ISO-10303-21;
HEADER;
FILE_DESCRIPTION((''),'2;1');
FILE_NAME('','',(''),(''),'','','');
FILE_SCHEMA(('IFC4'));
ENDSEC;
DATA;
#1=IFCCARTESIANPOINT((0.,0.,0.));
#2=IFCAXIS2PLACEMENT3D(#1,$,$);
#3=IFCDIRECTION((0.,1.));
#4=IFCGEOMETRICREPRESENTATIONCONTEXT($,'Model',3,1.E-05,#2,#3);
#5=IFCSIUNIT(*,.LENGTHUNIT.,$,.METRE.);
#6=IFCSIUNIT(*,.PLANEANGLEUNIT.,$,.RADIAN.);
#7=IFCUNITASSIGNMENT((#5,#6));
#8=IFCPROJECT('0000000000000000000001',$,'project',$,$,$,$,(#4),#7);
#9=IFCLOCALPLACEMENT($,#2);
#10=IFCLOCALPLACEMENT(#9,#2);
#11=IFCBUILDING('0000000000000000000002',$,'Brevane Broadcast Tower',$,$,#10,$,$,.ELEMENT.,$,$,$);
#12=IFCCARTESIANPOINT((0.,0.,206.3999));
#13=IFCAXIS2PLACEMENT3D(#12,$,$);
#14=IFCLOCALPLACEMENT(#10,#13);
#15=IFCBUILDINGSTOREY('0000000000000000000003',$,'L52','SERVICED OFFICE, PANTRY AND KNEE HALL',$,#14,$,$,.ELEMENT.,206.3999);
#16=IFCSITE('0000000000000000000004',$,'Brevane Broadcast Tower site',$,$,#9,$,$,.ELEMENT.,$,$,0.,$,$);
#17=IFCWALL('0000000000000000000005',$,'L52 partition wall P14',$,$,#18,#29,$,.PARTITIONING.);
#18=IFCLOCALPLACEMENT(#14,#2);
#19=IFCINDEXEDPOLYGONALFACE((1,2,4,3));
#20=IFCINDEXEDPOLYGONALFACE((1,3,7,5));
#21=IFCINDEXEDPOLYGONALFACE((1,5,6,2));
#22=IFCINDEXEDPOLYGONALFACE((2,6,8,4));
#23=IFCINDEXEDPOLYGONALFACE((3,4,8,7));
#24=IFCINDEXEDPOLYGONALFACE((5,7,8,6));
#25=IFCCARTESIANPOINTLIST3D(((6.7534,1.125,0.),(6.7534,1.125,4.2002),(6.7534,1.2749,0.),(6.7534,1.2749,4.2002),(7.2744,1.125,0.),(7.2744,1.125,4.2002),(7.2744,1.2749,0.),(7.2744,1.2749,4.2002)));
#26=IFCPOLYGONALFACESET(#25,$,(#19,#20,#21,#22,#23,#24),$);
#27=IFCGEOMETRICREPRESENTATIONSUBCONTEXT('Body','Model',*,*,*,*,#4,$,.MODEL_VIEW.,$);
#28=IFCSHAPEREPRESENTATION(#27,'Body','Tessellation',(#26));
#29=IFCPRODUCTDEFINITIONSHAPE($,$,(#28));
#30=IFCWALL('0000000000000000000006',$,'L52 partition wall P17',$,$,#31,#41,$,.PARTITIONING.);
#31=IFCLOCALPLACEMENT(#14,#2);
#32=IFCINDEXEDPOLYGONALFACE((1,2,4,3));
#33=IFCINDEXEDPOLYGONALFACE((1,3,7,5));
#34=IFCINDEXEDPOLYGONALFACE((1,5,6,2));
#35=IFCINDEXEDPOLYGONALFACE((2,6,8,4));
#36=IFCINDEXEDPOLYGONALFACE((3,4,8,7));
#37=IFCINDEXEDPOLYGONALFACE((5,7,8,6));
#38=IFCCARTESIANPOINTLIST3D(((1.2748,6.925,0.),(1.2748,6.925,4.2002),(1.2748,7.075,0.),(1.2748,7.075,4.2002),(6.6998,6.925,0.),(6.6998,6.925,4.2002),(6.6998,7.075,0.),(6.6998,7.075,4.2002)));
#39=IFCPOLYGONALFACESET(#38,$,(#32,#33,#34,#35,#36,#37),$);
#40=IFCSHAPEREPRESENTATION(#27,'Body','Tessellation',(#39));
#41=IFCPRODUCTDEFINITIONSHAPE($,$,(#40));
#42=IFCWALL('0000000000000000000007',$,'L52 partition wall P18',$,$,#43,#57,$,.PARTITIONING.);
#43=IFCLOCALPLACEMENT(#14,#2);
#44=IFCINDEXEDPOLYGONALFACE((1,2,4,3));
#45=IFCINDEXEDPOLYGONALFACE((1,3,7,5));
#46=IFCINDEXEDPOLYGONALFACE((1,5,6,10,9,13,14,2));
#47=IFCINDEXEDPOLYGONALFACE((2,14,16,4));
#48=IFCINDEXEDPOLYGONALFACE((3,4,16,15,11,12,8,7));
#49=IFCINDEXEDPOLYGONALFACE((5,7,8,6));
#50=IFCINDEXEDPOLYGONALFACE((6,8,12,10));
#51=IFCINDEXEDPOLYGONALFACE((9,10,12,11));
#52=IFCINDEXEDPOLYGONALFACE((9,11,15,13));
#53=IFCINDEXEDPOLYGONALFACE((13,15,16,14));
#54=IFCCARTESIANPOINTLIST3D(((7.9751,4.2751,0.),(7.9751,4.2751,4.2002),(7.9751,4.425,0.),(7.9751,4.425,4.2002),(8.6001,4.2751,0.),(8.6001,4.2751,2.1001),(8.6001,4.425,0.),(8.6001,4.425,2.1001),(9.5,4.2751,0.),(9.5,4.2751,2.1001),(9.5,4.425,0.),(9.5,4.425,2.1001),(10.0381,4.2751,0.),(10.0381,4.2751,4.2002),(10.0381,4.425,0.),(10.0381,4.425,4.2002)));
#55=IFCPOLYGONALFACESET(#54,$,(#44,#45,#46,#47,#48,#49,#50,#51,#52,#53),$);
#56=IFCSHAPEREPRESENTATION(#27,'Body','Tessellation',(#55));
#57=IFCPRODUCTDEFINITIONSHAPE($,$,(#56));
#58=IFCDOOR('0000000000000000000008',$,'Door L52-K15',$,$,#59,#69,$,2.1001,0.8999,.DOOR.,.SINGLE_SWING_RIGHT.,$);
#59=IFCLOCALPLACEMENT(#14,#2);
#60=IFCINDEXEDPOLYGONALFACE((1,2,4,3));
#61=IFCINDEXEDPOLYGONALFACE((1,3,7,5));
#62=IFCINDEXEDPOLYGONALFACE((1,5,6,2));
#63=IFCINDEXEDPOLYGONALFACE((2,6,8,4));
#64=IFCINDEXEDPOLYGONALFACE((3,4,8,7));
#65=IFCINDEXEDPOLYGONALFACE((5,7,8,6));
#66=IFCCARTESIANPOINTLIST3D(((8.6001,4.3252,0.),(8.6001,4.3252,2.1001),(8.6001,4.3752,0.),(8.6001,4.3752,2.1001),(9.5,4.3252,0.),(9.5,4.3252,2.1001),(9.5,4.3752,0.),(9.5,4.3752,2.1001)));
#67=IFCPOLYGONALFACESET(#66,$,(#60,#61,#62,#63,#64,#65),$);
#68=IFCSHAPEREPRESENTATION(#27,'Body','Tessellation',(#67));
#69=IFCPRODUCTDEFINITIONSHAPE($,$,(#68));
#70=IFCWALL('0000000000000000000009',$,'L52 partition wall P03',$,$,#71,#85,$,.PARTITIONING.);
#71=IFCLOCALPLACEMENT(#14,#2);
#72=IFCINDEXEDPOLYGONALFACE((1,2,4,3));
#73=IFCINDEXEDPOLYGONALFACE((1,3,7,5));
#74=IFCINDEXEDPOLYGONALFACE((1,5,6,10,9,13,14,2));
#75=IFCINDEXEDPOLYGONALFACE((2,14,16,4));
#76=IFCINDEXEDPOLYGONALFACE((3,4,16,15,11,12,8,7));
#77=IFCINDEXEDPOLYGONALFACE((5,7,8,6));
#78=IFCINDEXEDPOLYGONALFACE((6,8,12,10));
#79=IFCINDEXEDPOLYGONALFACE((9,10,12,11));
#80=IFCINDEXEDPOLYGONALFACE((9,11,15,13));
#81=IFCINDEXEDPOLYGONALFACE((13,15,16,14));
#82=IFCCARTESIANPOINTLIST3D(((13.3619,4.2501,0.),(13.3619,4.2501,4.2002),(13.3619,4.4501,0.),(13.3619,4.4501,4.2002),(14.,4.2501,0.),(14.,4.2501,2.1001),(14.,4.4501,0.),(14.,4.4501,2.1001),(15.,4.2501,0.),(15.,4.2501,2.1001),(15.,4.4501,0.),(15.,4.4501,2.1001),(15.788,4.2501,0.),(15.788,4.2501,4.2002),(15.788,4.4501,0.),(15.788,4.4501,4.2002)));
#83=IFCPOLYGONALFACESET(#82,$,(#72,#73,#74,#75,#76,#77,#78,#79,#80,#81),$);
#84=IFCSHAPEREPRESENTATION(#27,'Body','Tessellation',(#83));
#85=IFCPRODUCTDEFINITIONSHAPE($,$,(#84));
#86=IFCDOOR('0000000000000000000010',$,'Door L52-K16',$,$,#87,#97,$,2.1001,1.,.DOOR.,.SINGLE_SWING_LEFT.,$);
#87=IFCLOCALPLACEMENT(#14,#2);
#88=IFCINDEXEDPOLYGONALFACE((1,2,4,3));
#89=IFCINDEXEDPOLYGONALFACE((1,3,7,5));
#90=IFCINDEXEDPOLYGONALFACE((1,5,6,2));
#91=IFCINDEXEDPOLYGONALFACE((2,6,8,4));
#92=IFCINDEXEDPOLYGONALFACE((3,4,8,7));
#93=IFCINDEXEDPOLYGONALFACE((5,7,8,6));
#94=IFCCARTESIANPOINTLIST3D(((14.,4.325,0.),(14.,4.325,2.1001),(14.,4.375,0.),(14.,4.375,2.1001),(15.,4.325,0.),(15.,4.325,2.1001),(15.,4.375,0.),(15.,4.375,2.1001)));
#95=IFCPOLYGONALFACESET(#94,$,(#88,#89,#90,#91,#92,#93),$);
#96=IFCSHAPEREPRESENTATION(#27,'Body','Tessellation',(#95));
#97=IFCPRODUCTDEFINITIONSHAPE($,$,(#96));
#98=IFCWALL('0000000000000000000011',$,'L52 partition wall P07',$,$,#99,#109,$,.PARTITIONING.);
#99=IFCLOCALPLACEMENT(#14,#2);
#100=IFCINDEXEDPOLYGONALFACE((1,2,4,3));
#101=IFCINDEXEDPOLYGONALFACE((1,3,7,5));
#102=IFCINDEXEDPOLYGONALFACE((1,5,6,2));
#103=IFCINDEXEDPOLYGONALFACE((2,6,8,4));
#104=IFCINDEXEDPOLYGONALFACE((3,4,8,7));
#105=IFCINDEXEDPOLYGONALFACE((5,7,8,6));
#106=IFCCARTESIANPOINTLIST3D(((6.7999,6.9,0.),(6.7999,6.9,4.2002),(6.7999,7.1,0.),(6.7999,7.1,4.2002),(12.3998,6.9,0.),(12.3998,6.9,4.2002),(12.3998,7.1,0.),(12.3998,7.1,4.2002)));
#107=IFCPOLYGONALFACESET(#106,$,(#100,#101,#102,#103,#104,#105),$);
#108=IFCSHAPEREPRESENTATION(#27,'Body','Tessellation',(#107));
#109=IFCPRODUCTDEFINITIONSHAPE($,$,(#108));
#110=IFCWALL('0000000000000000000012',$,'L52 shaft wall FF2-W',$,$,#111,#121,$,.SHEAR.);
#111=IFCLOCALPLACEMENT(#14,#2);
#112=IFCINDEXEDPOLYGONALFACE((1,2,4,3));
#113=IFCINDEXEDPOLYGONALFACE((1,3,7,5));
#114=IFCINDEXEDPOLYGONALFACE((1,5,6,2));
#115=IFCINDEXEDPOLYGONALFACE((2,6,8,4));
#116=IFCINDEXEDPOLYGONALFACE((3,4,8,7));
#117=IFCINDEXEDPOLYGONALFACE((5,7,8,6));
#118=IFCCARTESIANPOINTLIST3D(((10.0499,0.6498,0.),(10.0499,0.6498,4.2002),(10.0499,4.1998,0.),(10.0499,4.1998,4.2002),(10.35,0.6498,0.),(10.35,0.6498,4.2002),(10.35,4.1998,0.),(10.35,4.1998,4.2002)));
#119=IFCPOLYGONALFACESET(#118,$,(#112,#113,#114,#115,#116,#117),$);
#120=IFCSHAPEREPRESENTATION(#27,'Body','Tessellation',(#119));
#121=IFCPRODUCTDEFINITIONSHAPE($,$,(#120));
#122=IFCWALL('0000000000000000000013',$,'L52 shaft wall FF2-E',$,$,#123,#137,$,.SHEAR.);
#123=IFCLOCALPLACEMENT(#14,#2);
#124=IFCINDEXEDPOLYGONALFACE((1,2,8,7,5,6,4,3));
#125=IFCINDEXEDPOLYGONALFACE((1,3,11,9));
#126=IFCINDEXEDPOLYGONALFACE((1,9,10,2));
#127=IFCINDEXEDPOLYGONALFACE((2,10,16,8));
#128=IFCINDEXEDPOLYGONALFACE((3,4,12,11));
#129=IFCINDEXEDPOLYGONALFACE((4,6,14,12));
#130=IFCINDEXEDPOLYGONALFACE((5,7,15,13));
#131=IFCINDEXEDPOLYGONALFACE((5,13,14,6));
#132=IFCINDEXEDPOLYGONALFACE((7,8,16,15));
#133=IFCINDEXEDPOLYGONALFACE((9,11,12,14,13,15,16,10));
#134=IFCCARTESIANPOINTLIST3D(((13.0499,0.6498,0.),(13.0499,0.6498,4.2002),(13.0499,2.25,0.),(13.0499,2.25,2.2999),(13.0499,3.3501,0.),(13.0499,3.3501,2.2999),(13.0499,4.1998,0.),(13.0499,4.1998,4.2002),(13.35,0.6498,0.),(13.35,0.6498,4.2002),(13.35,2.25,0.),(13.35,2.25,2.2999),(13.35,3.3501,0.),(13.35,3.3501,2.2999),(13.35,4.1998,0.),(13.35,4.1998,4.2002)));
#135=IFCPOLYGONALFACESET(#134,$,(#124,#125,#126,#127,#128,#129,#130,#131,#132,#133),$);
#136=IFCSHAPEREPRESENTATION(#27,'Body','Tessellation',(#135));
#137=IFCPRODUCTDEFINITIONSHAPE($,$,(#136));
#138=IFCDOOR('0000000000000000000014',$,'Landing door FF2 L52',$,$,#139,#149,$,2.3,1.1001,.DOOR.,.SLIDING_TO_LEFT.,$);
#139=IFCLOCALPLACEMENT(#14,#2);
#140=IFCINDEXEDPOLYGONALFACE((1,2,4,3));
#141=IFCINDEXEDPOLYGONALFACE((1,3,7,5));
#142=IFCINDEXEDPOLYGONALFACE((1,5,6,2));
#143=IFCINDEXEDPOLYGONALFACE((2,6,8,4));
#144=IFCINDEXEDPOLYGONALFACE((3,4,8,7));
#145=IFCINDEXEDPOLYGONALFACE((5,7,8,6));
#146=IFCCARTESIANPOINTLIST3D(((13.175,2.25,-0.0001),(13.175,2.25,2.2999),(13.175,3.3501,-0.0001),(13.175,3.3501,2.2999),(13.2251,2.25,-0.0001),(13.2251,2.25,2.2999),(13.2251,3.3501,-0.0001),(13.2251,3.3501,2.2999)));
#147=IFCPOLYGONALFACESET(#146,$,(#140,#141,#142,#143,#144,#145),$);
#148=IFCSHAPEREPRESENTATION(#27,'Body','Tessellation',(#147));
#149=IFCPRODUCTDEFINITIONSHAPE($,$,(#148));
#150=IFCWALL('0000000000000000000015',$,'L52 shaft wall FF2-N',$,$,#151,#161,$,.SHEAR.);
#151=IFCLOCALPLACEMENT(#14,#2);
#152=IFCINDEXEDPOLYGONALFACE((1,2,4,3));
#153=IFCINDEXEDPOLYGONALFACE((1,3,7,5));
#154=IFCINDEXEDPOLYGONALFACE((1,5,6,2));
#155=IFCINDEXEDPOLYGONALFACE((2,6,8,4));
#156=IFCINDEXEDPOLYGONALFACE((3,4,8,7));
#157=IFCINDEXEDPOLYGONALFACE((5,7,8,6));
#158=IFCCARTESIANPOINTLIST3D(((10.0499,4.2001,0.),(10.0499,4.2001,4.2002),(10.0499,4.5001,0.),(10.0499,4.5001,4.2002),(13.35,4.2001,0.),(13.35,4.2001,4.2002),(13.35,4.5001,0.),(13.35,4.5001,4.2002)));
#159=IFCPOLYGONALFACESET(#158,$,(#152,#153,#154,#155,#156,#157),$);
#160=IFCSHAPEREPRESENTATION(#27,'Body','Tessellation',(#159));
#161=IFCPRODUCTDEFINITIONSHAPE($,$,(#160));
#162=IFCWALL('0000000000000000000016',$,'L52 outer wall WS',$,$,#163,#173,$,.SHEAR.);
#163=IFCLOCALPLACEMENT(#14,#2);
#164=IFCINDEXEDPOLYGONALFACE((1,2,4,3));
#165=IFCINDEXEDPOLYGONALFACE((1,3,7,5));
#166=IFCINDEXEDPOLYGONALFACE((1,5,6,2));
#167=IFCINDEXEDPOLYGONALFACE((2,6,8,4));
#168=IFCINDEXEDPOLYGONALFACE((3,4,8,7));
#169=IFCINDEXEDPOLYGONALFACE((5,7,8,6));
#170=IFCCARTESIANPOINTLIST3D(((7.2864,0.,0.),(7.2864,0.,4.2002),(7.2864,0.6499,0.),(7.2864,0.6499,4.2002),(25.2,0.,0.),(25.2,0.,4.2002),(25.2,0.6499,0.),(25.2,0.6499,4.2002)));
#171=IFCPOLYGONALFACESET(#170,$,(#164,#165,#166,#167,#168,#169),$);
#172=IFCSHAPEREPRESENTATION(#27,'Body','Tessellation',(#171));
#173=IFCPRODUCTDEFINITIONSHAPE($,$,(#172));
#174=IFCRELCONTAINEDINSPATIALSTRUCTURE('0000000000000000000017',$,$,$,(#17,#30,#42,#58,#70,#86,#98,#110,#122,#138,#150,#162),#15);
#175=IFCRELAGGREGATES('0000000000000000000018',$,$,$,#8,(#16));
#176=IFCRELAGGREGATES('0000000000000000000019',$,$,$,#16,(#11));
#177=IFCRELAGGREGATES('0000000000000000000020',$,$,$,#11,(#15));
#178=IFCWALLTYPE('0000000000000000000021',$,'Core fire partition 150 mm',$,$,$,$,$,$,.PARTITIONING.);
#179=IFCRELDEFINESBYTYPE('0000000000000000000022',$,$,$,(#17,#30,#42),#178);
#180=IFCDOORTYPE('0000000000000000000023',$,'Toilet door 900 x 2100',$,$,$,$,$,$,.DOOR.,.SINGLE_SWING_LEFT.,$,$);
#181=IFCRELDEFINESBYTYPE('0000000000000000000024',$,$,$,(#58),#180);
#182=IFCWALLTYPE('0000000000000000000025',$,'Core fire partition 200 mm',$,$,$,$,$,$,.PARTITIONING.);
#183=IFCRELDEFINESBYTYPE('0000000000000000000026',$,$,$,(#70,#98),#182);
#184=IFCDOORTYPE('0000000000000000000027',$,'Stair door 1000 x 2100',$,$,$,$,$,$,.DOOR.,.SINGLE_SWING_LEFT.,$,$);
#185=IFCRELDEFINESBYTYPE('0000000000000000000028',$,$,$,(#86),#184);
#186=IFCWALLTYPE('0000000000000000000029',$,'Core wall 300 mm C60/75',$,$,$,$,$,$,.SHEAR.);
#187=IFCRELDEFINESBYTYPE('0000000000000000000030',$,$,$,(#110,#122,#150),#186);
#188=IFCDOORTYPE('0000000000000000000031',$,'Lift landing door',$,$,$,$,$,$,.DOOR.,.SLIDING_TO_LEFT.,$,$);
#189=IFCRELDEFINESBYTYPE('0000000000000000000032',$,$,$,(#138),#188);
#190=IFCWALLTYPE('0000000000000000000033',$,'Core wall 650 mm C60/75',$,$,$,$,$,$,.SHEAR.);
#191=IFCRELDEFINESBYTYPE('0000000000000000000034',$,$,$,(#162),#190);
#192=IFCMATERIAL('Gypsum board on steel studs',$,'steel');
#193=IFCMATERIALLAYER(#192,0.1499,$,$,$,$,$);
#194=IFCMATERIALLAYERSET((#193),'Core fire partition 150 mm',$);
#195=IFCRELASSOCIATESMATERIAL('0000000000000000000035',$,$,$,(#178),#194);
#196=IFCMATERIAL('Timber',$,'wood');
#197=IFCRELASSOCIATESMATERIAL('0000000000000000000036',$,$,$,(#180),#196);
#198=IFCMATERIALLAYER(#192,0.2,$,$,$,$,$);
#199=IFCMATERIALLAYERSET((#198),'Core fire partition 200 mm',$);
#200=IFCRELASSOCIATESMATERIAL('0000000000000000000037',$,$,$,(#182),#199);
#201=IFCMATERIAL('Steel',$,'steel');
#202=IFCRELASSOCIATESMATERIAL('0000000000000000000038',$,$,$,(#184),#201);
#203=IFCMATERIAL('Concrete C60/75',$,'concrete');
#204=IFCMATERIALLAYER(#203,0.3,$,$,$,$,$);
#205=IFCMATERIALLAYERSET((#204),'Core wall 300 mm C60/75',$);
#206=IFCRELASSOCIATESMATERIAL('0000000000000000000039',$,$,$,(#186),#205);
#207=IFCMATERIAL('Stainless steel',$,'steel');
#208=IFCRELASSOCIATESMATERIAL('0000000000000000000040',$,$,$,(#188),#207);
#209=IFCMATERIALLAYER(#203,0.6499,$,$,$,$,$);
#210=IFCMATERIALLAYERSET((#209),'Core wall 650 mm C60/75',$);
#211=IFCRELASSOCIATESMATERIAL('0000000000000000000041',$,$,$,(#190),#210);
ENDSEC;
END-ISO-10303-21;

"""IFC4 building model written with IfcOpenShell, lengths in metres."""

from ifc_helpers import new_model, si_unit, direction, frame, frame_2d, origin, place, context, subcontext, project, spatial, rectangle, extrude, material, layer, layer_set, type_object, element, fill, save


model = new_model("IFC4")

# Units and contexts
model_context = context("Model", 3, precision=1e-05, world=origin(), true_north=direction((0.0, 1.0)))
body_context = subcontext(model_context, "Body", "Model", "MODEL_VIEW")
ifc_project = project(units=[si_unit("LENGTHUNIT", "METRE"), si_unit("PLANEANGLEUNIT", "RADIAN")], contexts=[model_context])

# Site, building, storey
site_placement = place(None, origin())
site = spatial("IfcSite", under=ifc_project, at=site_placement, Name="Brevane Broadcast Tower site", CompositionType="ELEMENT", RefElevation=0.0)
building_placement = place(site_placement, origin())
building = spatial("IfcBuilding", under=site, at=building_placement, Name="Brevane Broadcast Tower", CompositionType="ELEMENT")
storey_placement = place(building_placement, frame((0.0, 0.0, 206.3999)))
storey = spatial("IfcBuildingStorey", under=building, at=storey_placement, Name="L52", Description="SERVICED OFFICE, PANTRY AND KNEE HALL", CompositionType="ELEMENT", Elevation=206.3999)

# Shared definitions
ifc_material_1 = material(Name="Gypsum board on steel studs", Category="steel")
ifc_layer_1 = layer(ifc_material_1, 0.1499)
ifc_layer_set_1 = layer_set([ifc_layer_1], Name="Core fire partition 150 mm")
wall_type_1 = type_object("IfcWallType", Name="Core fire partition 150 mm", PredefinedType="PARTITIONING", material=ifc_layer_set_1)

# Shared definitions
ifc_material_2 = material(Name="Timber", Category="wood")
door_type_1 = type_object("IfcDoorType", Name="Toilet door 900 x 2100", OperationType="SINGLE_SWING_LEFT", PredefinedType="DOOR", material=ifc_material_2)

# Walls
wall_1_placement = place(storey_placement, frame((7.2744, 1.2, 0.0), z_axis=(0.0, 0.0, 1.0), x_axis=(-1.0, 0.0, 0.0)))
element("IfcWall", 1, at=wall_1_placement, inside=storey, type_object=wall_type_1, Name="L52 partition wall P14", PredefinedType="PARTITIONING", context=body_context, shape_type="SweptSolid", body=[
    extrude(rectangle(XDim=0.521, YDim=0.1499, at=frame_2d((0.2605, 0.0))), origin(), (0.0, 0.0, 1.0), 4.2002),
])
wall_2_placement = place(storey_placement, frame((1.2749, 7.0, 0.0), z_axis=(0.0, 0.0, 1.0), x_axis=(1.0, 0.0, 0.0)))
element("IfcWall", 2, at=wall_2_placement, inside=storey, type_object=wall_type_1, Name="L52 partition wall P17", PredefinedType="PARTITIONING", context=body_context, shape_type="SweptSolid", body=[
    extrude(rectangle(XDim=5.425, YDim=0.1499, at=frame_2d((2.7124, 0.0))), origin(), (0.0, 0.0, 1.0), 4.2002),
])

# Walls, openings, doors
wall_3_placement = place(storey_placement, frame((10.0381, 4.3501, 0.0), z_axis=(0.0, 0.0, 1.0), x_axis=(-1.0, 0.0, 0.0)))
wall_3 = element("IfcWall", 3, at=wall_3_placement, inside=storey, type_object=wall_type_1, Name="L52 partition wall P18", PredefinedType="PARTITIONING", context=body_context, shape_type="SweptSolid", body=[
    extrude(rectangle(XDim=2.063, YDim=0.1499, at=frame_2d((1.0315, 0.0))), origin(), (0.0, 0.0, 1.0), 4.2002),
])
opening_1_placement = place(wall_3_placement, frame((0.5381, 0.0, 0.0)))
opening_1 = element("IfcOpeningElement", 4, at=opening_1_placement, cuts=wall_3, PredefinedType="OPENING", context=body_context, shape_type="SweptSolid", body=[
    extrude(rectangle(XDim=0.8999, YDim=2.1001, at=frame_2d((0.45, 1.05))), frame((0.0, 0.085, 0.0), z_axis=(0.0, -1.0, 0.0), x_axis=(1.0, 0.0, 0.0)), (0.0, 0.0, 1.0), 0.1699),
])
door_1_placement = place(opening_1_placement, origin())
door_1 = element("IfcDoor", 5, at=door_1_placement, inside=storey, type_object=door_type_1, Name="Door L52-K15", OperationType="SINGLE_SWING_RIGHT", OverallHeight=2.1001, OverallWidth=0.8999, PredefinedType="DOOR", context=body_context, shape_type="SweptSolid", body=[
    extrude(rectangle(XDim=0.8999, YDim=2.1001, at=frame_2d((0.45, 1.05))), frame((0.0, 0.0249, 0.0), z_axis=(0.0, -1.0, 0.0), x_axis=(1.0, 0.0, 0.0)), (0.0, 0.0, 1.0), 0.05),
])
fill(opening_1, door_1)
ifc_layer_2 = layer(ifc_material_1, 0.2)
ifc_layer_set_2 = layer_set([ifc_layer_2], Name="Core fire partition 200 mm")
wall_type_2 = type_object("IfcWallType", Name="Core fire partition 200 mm", PredefinedType="PARTITIONING", material=ifc_layer_set_2)
wall_4_placement = place(storey_placement, frame((13.3621, 4.3501, 0.0), z_axis=(0.0, 0.0, 1.0), x_axis=(1.0, 0.0, 0.0)))
wall_4 = element("IfcWall", 6, at=wall_4_placement, inside=storey, type_object=wall_type_2, Name="L52 partition wall P03", PredefinedType="PARTITIONING", context=body_context, shape_type="SweptSolid", body=[
    extrude(rectangle(XDim=2.426, YDim=0.2, at=frame_2d((1.2129, 0.0))), origin(), (0.0, 0.0, 1.0), 4.2002),
])
opening_2_placement = place(wall_4_placement, frame((0.6379, 0.0, 0.0)))
opening_2 = element("IfcOpeningElement", 7, at=opening_2_placement, cuts=wall_4, PredefinedType="OPENING", context=body_context, shape_type="SweptSolid", body=[
    extrude(rectangle(XDim=1.0, YDim=2.1001, at=frame_2d((0.5, 1.05))), frame((0.0, 0.1099, 0.0), z_axis=(0.0, -1.0, 0.0), x_axis=(1.0, 0.0, 0.0)), (0.0, 0.0, 1.0), 0.22),
])
ifc_material_3 = material(Name="Steel", Category="steel")
door_type_2 = type_object("IfcDoorType", Name="Stair door 1000 x 2100", OperationType="SINGLE_SWING_LEFT", PredefinedType="DOOR", material=ifc_material_3)
door_2_placement = place(opening_2_placement, origin())
door_2 = element("IfcDoor", 8, at=door_2_placement, inside=storey, type_object=door_type_2, Name="Door L52-K16", OperationType="SINGLE_SWING_LEFT", OverallHeight=2.1001, OverallWidth=1.0, PredefinedType="DOOR", context=body_context, shape_type="SweptSolid", body=[
    extrude(rectangle(XDim=1.0, YDim=2.1001, at=frame_2d((0.5, 1.05))), frame((0.0, 0.0249, 0.0), z_axis=(0.0, -1.0, 0.0), x_axis=(1.0, 0.0, 0.0)), (0.0, 0.0, 1.0), 0.05),
])
fill(opening_2, door_2)

# Walls
wall_5_placement = place(storey_placement, frame((6.8, 7.0, 0.0), z_axis=(0.0, 0.0, 1.0), x_axis=(1.0, 0.0, 0.0)))
element("IfcWall", 9, at=wall_5_placement, inside=storey, type_object=wall_type_2, Name="L52 partition wall P07", PredefinedType="PARTITIONING", context=body_context, shape_type="SweptSolid", body=[
    extrude(rectangle(XDim=5.5999, YDim=0.2, at=frame_2d((2.7998, 0.0))), origin(), (0.0, 0.0, 1.0), 4.2002),
])
ifc_material_4 = material(Name="Concrete C60/75", Category="concrete")
ifc_layer_3 = layer(ifc_material_4, 0.3)
ifc_layer_set_3 = layer_set([ifc_layer_3], Name="Core wall 300 mm C60/75")
wall_type_3 = type_object("IfcWallType", Name="Core wall 300 mm C60/75", PredefinedType="SHEAR", material=ifc_layer_set_3)
wall_6_placement = place(storey_placement, frame((10.2, 0.6499, 0.0), z_axis=(0.0, 0.0, 1.0), x_axis=(0.0, 1.0, 0.0)))
element("IfcWall", 10, at=wall_6_placement, inside=storey, type_object=wall_type_3, Name="L52 shaft wall FF2-W", PredefinedType="SHEAR", context=body_context, shape_type="SweptSolid", body=[
    extrude(rectangle(XDim=3.55, YDim=0.3, at=frame_2d((1.7749, 0.0))), origin(), (0.0, 0.0, 1.0), 4.2002),
])

# Wall, opening, door
wall_7_placement = place(storey_placement, frame((13.2, 0.6499, 0.0), z_axis=(0.0, 0.0, 1.0), x_axis=(0.0, 1.0, 0.0)))
wall_7 = element("IfcWall", 11, at=wall_7_placement, inside=storey, type_object=wall_type_3, Name="L52 shaft wall FF2-E", PredefinedType="SHEAR", context=body_context, shape_type="SweptSolid", body=[
    extrude(rectangle(XDim=3.55, YDim=0.3, at=frame_2d((1.7749, 0.0))), origin(), (0.0, 0.0, 1.0), 4.2002),
])
opening_3_placement = place(wall_7_placement, frame((1.6001, 0.0, 0.0)))
opening_3 = element("IfcOpeningElement", 12, at=opening_3_placement, cuts=wall_7, PredefinedType="OPENING", context=body_context, shape_type="SweptSolid", body=[
    extrude(rectangle(XDim=1.1001, YDim=2.3, at=frame_2d((0.55, 1.1499))), frame((0.0, 0.1599, 0.0), z_axis=(0.0, -1.0, 0.0), x_axis=(1.0, 0.0, 0.0)), (0.0, 0.0, 1.0), 0.3201),
])
ifc_material_5 = material(Name="Stainless steel", Category="steel")
door_type_3 = type_object("IfcDoorType", Name="Lift landing door", OperationType="SLIDING_TO_LEFT", PredefinedType="DOOR", material=ifc_material_5)
door_3_placement = place(opening_3_placement, origin())
door_3 = element("IfcDoor", 13, at=door_3_placement, inside=storey, type_object=door_type_3, Name="Landing door FF2 L52", OperationType="SLIDING_TO_LEFT", OverallHeight=2.3, OverallWidth=1.1001, PredefinedType="DOOR", context=body_context, shape_type="SweptSolid", body=[
    extrude(rectangle(XDim=1.1001, YDim=2.3, at=frame_2d((0.55, 1.1499))), frame((0.0, 0.0249, 0.0), z_axis=(0.0, -1.0, 0.0), x_axis=(1.0, 0.0, 0.0)), (0.0, 0.0, 1.0), 0.05),
])
fill(opening_3, door_3)

# Walls
wall_8_placement = place(storey_placement, frame((10.05, 4.3501, 0.0), z_axis=(0.0, 0.0, 1.0), x_axis=(1.0, 0.0, 0.0)))
element("IfcWall", 14, at=wall_8_placement, inside=storey, type_object=wall_type_3, Name="L52 shaft wall FF2-N", PredefinedType="SHEAR", context=body_context, shape_type="SweptSolid", body=[
    extrude(rectangle(XDim=3.3, YDim=0.3, at=frame_2d((1.6499, 0.0))), origin(), (0.0, 0.0, 1.0), 4.2002),
])
ifc_layer_4 = layer(ifc_material_4, 0.6499)
ifc_layer_set_4 = layer_set([ifc_layer_4], Name="Core wall 650 mm C60/75")
wall_type_4 = type_object("IfcWallType", Name="Core wall 650 mm C60/75", PredefinedType="SHEAR", material=ifc_layer_set_4)
wall_9_placement = place(storey_placement, frame((7.2864, 0.325, 0.0), z_axis=(0.0, 0.0, 1.0), x_axis=(1.0, 0.0, 0.0)))
element("IfcWall", 15, at=wall_9_placement, inside=storey, type_object=wall_type_4, Name="L52 outer wall WS", PredefinedType="SHEAR", context=body_context, shape_type="SweptSolid", body=[
    extrude(rectangle(XDim=17.9136, YDim=0.6499, at=frame_2d((8.9568, 0.0))), origin(), (0.0, 0.0, 1.0), 4.2002),
])

save(model, "model.ifc")
